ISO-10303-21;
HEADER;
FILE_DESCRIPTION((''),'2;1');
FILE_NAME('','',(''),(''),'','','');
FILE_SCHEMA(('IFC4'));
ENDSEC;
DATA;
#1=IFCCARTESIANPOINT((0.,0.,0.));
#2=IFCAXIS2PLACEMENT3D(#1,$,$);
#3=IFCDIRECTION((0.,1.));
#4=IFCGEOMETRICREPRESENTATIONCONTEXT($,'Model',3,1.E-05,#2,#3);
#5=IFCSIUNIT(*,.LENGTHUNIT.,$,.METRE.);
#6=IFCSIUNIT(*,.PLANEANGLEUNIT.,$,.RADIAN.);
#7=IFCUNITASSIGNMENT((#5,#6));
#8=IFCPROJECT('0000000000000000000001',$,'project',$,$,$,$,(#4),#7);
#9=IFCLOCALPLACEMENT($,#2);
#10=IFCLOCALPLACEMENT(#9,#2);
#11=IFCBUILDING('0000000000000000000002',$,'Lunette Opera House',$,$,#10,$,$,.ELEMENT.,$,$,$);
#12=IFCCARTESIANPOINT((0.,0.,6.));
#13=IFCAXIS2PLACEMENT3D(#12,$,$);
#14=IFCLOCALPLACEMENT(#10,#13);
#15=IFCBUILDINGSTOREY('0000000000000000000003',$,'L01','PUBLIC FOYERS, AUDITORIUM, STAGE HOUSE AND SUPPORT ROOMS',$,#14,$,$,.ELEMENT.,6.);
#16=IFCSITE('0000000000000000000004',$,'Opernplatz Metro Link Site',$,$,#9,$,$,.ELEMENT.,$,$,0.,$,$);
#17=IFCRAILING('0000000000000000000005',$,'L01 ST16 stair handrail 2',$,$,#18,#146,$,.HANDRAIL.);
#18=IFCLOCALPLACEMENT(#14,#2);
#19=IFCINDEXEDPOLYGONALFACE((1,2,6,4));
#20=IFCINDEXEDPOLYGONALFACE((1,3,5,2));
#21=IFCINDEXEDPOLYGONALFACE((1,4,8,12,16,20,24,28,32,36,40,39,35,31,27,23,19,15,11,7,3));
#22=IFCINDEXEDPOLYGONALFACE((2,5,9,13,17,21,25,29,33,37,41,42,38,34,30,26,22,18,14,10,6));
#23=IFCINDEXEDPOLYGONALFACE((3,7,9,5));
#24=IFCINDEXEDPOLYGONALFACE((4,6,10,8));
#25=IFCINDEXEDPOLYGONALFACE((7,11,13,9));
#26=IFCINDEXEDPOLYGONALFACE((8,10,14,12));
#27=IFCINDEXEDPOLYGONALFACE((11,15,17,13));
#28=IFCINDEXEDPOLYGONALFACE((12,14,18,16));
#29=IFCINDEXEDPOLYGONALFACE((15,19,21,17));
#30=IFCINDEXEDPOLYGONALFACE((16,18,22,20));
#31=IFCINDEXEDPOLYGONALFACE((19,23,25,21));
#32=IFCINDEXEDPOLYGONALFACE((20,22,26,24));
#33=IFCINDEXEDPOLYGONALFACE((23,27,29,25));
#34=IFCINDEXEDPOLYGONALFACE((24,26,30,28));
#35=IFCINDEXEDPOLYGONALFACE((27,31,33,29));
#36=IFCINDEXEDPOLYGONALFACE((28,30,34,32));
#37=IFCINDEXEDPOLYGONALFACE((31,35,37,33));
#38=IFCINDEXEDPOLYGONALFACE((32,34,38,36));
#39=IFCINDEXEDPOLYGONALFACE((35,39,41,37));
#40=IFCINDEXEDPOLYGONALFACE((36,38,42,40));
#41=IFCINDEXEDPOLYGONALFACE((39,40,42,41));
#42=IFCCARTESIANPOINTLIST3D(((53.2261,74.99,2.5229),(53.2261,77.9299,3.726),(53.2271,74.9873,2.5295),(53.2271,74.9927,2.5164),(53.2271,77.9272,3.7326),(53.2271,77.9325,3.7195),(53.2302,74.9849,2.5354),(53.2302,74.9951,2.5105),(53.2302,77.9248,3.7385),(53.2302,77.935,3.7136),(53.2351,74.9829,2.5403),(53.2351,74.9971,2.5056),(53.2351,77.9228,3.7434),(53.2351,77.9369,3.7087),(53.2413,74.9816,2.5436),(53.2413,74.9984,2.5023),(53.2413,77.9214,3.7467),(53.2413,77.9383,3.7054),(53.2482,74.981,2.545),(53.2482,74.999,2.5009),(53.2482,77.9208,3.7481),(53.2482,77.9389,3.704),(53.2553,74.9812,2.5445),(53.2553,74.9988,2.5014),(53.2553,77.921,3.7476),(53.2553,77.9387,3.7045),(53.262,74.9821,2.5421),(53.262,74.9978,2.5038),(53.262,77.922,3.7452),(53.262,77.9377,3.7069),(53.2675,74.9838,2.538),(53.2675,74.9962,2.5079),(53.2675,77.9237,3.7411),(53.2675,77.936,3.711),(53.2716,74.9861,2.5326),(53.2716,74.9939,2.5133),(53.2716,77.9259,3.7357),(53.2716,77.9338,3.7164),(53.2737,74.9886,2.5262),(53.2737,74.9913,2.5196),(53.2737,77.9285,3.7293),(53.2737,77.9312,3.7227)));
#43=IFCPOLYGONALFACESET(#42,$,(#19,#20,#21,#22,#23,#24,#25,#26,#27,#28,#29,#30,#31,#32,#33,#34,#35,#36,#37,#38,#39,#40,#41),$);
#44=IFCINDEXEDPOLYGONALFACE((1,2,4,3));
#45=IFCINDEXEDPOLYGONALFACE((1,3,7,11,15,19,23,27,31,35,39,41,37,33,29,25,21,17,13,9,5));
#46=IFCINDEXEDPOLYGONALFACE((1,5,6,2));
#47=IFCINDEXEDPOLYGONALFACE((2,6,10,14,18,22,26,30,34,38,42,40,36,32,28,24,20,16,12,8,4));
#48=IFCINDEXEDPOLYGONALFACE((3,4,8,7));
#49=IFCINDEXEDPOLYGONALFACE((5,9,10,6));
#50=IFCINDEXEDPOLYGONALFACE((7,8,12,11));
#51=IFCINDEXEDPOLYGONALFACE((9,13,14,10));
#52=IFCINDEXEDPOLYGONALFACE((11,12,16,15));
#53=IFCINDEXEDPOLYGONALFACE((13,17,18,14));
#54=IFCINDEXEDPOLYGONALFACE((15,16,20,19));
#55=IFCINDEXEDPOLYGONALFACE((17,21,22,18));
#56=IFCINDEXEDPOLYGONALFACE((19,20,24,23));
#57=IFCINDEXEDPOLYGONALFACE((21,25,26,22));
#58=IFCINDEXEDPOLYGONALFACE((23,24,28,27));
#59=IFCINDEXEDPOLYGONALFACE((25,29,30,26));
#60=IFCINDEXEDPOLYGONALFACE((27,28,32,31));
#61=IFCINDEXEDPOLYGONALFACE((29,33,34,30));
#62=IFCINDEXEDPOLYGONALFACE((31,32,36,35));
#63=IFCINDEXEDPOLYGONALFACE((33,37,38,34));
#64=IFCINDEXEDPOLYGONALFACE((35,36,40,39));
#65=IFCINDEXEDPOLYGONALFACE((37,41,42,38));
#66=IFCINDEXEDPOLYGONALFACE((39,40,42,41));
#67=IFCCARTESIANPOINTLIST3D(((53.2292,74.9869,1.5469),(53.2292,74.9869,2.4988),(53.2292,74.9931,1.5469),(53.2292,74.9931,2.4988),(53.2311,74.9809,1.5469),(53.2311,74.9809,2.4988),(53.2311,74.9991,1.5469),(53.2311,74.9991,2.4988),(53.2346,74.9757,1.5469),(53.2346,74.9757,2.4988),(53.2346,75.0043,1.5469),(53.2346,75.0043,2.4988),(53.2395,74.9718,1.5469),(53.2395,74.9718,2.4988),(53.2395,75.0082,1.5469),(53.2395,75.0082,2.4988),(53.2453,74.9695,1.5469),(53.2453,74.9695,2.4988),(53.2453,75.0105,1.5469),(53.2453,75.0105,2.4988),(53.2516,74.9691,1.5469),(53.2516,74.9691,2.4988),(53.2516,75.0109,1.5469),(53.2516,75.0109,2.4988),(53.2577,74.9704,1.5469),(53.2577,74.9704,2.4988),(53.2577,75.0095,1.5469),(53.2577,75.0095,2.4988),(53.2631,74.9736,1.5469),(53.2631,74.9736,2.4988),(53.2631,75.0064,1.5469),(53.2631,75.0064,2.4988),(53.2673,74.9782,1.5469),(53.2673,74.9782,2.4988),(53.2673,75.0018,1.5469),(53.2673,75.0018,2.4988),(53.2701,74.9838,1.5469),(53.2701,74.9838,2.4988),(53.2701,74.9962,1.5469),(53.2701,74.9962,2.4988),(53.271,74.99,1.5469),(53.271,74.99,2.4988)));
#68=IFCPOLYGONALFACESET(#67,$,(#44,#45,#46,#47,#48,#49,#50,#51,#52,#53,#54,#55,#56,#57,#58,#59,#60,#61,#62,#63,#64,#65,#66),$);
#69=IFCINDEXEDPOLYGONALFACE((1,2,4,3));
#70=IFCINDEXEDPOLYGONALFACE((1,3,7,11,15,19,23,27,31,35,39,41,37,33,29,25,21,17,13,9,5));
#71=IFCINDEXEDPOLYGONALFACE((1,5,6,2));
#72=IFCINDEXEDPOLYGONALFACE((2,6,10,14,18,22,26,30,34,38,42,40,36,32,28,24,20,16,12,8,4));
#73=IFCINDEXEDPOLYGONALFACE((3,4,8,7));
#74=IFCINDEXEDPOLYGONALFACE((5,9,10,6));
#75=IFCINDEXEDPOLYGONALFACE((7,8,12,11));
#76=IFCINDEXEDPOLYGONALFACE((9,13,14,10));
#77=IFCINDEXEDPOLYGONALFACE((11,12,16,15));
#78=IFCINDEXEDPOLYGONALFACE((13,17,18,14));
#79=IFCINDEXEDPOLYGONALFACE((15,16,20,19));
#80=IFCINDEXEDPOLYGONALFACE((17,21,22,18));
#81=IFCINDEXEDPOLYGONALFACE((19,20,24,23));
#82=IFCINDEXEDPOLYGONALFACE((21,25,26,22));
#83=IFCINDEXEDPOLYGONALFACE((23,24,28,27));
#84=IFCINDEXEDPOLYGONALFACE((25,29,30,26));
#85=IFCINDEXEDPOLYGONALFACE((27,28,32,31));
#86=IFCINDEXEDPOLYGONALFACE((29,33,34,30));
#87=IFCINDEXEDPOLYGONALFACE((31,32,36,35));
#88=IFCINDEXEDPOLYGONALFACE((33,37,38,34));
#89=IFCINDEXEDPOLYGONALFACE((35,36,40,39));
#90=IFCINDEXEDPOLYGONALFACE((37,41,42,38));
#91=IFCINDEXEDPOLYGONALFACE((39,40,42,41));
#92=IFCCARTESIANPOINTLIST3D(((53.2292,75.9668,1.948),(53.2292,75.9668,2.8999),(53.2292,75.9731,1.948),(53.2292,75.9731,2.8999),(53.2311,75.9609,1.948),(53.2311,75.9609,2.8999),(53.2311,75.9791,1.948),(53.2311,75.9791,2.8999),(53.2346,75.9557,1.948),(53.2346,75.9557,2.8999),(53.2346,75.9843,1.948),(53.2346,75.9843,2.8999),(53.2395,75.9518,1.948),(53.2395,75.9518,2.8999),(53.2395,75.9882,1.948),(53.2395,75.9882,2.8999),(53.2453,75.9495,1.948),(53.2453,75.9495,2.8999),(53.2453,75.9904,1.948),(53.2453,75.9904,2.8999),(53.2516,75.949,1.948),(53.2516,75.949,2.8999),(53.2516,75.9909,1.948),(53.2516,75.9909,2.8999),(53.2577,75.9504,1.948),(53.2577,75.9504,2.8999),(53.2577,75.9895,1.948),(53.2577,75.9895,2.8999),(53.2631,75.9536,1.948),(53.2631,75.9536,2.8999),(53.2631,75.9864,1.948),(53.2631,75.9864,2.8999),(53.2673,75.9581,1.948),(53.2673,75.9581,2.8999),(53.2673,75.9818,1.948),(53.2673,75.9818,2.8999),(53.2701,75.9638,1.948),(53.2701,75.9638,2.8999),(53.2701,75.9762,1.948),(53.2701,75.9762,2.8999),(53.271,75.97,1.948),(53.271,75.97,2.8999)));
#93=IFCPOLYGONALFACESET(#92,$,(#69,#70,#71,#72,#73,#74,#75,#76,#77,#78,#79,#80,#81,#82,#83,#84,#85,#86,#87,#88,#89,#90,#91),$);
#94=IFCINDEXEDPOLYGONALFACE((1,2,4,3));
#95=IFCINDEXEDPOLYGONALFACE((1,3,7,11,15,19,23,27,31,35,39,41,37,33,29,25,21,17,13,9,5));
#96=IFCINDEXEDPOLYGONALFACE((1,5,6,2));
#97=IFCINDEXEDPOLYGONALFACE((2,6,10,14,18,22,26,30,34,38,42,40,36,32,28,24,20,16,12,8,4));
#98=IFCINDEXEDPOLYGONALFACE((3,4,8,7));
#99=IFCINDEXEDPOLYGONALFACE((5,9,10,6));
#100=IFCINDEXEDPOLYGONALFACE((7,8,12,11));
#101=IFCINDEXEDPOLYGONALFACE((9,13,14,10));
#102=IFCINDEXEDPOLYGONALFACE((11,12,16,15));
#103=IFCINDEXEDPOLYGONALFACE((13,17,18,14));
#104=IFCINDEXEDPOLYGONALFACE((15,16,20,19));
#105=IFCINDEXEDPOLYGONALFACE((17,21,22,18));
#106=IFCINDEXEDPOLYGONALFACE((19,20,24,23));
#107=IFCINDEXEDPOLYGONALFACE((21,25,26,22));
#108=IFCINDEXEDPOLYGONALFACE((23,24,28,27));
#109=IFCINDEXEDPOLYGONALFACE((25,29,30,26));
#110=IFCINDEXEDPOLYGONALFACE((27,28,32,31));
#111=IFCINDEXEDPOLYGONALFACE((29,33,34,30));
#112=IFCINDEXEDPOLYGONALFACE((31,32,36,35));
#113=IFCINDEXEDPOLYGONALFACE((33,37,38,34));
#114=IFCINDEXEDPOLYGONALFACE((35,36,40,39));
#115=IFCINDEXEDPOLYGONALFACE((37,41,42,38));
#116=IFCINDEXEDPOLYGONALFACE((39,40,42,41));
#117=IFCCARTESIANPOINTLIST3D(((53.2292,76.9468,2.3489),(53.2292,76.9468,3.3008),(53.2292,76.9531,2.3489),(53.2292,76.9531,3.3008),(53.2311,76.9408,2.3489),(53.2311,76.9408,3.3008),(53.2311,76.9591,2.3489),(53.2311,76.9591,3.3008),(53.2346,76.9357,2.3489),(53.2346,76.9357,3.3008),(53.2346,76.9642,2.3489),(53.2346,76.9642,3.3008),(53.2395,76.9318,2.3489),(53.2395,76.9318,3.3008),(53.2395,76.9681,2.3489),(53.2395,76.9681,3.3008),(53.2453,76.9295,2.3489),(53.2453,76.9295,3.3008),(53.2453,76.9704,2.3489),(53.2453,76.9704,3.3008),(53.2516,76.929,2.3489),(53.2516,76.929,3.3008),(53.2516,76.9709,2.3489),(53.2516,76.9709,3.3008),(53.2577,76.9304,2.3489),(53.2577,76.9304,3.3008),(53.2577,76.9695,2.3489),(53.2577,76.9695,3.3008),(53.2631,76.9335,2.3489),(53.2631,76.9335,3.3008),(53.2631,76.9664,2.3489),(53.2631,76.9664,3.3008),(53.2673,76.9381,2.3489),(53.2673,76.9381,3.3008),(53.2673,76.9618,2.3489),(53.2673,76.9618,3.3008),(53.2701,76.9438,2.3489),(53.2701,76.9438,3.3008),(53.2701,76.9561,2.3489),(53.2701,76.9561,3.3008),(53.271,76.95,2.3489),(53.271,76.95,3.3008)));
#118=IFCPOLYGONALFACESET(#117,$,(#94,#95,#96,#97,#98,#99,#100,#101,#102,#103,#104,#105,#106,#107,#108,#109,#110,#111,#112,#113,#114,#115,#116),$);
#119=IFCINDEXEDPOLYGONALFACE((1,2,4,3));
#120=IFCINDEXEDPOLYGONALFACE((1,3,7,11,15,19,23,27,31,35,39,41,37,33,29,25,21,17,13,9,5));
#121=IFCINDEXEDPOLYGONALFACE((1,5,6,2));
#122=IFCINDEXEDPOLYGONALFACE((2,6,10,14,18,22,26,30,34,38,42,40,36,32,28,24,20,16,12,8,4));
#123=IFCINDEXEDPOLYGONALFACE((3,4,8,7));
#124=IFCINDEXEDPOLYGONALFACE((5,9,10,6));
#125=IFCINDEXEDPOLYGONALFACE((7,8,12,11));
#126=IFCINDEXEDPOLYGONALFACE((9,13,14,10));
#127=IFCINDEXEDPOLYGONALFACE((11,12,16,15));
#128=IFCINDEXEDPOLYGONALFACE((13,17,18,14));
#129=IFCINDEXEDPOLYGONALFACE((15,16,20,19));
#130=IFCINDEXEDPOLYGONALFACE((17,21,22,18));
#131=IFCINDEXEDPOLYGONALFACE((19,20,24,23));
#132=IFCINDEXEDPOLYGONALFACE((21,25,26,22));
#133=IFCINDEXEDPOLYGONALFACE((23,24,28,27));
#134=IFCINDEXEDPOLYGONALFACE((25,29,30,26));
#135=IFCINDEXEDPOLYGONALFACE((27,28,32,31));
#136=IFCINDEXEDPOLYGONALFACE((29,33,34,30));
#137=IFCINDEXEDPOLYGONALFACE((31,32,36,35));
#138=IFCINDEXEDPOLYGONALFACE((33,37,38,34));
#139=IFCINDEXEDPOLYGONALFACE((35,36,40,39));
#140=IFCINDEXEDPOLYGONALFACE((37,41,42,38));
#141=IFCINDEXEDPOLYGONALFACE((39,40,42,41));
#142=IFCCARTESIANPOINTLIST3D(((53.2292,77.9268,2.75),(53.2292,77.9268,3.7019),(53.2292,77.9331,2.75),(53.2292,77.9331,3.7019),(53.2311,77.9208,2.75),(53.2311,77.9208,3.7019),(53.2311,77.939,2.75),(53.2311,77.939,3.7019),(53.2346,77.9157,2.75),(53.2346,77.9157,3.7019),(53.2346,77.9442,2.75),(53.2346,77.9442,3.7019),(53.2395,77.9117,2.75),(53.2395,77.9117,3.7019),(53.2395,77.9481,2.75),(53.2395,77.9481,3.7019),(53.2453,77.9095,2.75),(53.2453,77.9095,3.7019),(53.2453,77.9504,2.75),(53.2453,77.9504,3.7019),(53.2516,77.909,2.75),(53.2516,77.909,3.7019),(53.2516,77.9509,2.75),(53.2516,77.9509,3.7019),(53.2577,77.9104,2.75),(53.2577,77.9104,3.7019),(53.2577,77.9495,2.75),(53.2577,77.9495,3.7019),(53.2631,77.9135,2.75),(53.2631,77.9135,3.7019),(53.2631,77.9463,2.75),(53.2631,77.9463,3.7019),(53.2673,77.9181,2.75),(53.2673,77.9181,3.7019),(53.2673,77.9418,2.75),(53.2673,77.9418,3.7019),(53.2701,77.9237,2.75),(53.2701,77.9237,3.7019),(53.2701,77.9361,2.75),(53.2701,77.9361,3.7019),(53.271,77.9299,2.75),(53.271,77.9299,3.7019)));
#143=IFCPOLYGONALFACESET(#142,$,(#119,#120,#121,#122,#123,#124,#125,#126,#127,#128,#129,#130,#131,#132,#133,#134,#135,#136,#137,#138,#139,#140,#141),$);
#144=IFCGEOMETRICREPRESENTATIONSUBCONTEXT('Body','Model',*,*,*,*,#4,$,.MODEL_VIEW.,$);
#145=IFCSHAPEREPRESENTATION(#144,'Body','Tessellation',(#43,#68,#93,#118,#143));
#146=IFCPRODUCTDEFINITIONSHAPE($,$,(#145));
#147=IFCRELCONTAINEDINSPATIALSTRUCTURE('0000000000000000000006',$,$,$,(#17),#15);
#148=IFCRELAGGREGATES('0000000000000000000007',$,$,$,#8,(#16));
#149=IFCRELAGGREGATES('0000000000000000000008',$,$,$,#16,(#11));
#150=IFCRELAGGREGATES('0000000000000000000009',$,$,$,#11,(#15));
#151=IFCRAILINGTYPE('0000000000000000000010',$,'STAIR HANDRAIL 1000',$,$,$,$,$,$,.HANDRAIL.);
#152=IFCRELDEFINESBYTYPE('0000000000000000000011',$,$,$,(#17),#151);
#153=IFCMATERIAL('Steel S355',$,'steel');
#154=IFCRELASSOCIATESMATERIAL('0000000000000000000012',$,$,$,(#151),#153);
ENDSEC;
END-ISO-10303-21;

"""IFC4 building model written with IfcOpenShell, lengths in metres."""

from ifc_helpers import new_model, si_unit, direction, frame, origin, origin_2d, place, context, subcontext, project, spatial, circle, extrude, material, type_object, element, save


model = new_model("IFC4")

# Units and contexts
model_context = context("Model", 3, precision=1e-05, world=origin(), true_north=direction((0.0, 1.0)))
body_context = subcontext(model_context, "Body", "Model", "MODEL_VIEW")
ifc_project = project(units=[si_unit("LENGTHUNIT", "METRE"), si_unit("PLANEANGLEUNIT", "RADIAN")], contexts=[model_context])

# Site, building, storey
site_placement = place(None, origin())
site = spatial("IfcSite", under=ifc_project, at=site_placement, Name="Opernplatz Metro Link Site", CompositionType="ELEMENT", RefElevation=0.0)
building_placement = place(site_placement, origin())
building = spatial("IfcBuilding", under=site, at=building_placement, Name="Lunette Opera House", CompositionType="ELEMENT")
storey_placement = place(building_placement, frame((0.0, 0.0, 6.0)))
storey = spatial("IfcBuildingStorey", under=building, at=storey_placement, Name="L01", Description="PUBLIC FOYERS, AUDITORIUM, STAGE HOUSE AND SUPPORT ROOMS", CompositionType="ELEMENT", Elevation=6.0)

# Railing
ifc_material_1 = material(Name="Steel S355", Category="steel")
railing_type_1 = type_object("IfcRailingType", Name="STAIR HANDRAIL 1000", PredefinedType="HANDRAIL", material=ifc_material_1)
railing_1_placement = place(storey_placement, frame((53.25, 74.99, 1.5469)))
element("IfcRailing", 1, at=railing_1_placement, inside=storey, type_object=railing_type_1, Name="L01 ST16 stair handrail 2", PredefinedType="HANDRAIL", context=body_context, shape_type="SweptSolid", body=[
    extrude(circle(Radius=0.0239, at=origin_2d()), frame((0.0, 0.0, 0.9761), z_axis=(0.0, 0.9255, 0.378747), x_axis=(-1.0, 0.0, 0.0)), (0.0, 0.0, 1.0), 3.1765),
    extrude(circle(Radius=0.021, at=origin_2d()), origin(), (0.0, 0.0, 1.0), 0.9519),
    extrude(circle(Radius=0.021, at=origin_2d()), frame((0.0, 0.98, 0.4011)), (0.0, 0.0, 1.0), 0.9519),
    extrude(circle(Radius=0.021, at=origin_2d()), frame((0.0, 1.96, 0.802)), (0.0, 0.0, 1.0), 0.9519),
    extrude(circle(Radius=0.021, at=origin_2d()), frame((0.0, 2.9399, 1.2031)), (0.0, 0.0, 1.0), 0.9519),
])

save(model, "model.ifc")
